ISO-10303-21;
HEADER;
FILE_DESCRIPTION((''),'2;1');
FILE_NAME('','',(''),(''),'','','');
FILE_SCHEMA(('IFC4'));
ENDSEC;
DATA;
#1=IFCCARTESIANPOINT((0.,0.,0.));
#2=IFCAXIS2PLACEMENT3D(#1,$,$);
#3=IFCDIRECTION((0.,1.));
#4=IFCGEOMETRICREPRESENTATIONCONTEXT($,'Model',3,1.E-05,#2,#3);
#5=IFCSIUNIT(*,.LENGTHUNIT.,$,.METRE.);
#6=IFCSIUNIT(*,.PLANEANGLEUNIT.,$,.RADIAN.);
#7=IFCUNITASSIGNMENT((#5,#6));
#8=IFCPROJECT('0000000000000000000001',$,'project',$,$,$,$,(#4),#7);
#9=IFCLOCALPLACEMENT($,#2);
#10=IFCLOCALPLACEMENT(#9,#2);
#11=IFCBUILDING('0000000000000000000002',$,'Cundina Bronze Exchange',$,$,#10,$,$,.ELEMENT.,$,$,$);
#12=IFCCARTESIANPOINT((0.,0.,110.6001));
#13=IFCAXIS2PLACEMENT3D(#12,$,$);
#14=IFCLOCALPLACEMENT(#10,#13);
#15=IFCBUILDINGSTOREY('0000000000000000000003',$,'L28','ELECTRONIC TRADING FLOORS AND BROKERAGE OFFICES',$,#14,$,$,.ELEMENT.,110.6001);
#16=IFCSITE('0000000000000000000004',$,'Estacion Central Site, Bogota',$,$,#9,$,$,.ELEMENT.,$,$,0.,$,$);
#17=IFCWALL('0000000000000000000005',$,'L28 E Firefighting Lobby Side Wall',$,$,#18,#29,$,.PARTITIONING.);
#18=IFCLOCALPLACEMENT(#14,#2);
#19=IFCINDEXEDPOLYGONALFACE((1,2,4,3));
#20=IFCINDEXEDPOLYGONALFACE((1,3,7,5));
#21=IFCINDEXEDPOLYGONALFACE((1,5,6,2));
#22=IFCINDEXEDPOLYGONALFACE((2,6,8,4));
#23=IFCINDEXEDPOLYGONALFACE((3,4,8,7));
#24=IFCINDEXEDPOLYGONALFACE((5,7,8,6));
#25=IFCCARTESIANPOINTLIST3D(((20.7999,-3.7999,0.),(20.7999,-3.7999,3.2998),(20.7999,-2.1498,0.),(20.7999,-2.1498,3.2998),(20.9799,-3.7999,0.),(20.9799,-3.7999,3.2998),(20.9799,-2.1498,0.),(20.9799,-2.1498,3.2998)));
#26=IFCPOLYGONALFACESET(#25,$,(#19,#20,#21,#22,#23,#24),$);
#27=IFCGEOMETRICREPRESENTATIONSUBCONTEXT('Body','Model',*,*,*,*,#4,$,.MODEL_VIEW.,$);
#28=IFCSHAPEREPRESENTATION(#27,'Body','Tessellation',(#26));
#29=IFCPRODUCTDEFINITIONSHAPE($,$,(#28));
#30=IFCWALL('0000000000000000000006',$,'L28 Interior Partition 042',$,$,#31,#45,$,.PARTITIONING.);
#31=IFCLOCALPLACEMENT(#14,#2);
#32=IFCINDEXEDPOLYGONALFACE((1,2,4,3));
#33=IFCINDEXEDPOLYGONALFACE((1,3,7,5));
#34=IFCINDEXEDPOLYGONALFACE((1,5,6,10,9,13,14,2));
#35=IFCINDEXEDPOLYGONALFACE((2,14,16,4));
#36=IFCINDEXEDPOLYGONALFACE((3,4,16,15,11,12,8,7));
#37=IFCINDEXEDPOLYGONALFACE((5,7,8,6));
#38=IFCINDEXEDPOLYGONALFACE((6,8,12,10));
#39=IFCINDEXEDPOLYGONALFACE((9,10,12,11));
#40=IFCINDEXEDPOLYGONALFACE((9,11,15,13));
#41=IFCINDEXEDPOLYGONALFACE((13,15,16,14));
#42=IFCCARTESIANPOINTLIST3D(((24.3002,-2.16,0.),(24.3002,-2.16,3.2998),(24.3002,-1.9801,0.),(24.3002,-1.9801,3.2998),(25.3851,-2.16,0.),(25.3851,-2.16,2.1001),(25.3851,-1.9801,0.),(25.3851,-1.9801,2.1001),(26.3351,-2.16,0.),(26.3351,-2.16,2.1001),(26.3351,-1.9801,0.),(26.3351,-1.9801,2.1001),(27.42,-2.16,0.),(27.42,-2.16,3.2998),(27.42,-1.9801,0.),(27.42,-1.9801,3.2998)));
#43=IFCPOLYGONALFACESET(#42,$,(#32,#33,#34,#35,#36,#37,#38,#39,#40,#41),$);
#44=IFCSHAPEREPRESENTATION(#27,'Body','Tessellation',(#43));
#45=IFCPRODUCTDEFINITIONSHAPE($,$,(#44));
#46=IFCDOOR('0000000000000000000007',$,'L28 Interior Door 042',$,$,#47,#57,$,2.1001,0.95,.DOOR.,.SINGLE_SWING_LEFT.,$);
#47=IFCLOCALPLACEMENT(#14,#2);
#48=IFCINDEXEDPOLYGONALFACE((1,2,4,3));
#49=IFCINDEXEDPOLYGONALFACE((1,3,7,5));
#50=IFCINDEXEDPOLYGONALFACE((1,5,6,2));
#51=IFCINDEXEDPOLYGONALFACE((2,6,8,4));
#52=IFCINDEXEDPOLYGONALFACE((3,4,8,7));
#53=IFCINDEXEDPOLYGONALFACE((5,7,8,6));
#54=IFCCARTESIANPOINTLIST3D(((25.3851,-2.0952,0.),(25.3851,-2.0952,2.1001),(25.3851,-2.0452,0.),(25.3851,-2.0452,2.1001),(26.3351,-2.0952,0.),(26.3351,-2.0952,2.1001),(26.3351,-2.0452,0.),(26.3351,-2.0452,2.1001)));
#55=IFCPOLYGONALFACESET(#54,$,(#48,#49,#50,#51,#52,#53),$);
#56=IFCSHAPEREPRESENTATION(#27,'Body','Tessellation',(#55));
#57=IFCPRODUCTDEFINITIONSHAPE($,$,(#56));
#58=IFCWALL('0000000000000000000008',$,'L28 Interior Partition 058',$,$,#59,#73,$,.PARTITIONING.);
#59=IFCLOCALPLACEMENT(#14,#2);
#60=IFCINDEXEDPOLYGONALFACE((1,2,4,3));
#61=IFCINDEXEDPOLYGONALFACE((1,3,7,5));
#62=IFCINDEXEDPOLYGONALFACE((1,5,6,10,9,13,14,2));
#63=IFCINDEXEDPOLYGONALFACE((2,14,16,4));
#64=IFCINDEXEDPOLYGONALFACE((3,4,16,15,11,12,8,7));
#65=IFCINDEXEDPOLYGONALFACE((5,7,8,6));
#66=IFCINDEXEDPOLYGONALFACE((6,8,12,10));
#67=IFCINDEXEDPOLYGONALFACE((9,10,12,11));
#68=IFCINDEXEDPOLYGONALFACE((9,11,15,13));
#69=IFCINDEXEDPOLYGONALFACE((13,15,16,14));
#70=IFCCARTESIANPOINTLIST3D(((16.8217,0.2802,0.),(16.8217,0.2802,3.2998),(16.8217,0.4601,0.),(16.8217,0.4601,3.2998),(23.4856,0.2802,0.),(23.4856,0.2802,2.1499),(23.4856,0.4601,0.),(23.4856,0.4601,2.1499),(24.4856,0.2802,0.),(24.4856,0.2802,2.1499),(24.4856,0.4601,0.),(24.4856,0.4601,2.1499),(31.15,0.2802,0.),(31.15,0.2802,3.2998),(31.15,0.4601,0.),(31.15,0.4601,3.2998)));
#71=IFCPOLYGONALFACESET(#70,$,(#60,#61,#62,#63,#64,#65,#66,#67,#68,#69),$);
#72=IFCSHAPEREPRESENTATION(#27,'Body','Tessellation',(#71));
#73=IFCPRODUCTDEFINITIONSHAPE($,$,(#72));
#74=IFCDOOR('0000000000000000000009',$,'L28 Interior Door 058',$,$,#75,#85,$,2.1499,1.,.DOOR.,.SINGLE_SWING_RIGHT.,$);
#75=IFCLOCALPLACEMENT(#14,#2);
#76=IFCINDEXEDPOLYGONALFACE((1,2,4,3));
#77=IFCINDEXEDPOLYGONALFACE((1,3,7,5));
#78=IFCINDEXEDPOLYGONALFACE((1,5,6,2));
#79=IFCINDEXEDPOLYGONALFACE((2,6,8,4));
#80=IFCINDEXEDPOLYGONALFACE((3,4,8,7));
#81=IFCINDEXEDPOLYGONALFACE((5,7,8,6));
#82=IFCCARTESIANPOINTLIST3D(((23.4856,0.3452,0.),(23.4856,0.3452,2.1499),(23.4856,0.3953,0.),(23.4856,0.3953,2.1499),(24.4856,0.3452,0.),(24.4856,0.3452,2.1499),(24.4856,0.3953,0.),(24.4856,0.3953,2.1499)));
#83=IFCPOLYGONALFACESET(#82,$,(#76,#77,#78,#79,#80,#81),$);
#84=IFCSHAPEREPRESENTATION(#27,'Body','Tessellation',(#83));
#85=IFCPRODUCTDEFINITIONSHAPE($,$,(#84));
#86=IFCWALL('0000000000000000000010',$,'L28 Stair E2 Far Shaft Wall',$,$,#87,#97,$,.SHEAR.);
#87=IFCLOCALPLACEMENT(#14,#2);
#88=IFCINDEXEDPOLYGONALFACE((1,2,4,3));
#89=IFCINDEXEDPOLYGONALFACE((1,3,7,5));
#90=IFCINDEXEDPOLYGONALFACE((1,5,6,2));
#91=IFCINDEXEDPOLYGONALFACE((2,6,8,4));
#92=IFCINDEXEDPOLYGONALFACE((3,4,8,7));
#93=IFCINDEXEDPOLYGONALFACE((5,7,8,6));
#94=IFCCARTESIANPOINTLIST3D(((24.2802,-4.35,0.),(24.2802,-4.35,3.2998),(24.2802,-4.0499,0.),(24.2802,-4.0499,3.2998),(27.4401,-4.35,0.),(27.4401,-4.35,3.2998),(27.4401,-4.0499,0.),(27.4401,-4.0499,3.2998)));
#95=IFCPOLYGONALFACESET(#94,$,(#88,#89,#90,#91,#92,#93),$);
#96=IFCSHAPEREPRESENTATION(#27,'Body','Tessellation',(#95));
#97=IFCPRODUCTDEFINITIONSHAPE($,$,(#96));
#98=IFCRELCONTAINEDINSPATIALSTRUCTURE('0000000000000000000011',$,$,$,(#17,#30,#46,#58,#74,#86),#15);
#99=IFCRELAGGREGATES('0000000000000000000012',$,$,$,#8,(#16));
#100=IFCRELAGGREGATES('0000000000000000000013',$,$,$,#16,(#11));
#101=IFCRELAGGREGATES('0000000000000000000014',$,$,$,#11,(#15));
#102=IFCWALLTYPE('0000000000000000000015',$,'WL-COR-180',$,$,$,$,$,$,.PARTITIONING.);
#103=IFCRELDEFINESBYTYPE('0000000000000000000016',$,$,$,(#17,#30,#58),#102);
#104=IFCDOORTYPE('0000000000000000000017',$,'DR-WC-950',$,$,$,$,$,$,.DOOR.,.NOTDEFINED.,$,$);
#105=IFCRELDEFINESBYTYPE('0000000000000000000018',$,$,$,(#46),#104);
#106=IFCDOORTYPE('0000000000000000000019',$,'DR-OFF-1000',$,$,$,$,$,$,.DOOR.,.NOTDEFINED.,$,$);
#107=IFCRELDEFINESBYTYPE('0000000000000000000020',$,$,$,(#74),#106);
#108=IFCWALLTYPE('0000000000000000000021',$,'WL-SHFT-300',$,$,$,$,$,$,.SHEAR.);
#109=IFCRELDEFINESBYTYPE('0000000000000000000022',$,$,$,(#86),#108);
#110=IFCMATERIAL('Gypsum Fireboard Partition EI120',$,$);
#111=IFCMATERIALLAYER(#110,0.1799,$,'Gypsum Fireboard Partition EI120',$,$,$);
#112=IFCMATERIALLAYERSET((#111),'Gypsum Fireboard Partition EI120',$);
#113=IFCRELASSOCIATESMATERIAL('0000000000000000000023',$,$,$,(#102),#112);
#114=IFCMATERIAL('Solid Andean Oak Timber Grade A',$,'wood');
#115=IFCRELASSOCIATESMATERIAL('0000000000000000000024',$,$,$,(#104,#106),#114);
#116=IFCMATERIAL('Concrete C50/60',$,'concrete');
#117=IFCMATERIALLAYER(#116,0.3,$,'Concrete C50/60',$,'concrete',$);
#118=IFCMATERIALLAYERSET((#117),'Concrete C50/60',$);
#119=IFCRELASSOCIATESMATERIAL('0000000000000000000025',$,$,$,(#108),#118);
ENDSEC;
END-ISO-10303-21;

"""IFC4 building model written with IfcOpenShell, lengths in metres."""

from ifc_helpers import new_model, si_unit, direction, frame, frame_2d, origin, place, context, subcontext, project, spatial, rectangle, extrude, material, layer, layer_set, type_object, element, fill, save


model = new_model("IFC4")

# Units and contexts
model_context = context("Model", 3, precision=1e-05, world=origin(), true_north=direction((0.0, 1.0)))
body_context = subcontext(model_context, "Body", "Model", "MODEL_VIEW")
ifc_project = project(units=[si_unit("LENGTHUNIT", "METRE"), si_unit("PLANEANGLEUNIT", "RADIAN")], contexts=[model_context])

# Site, building, storey
site_placement = place(None, origin())
site = spatial("IfcSite", under=ifc_project, at=site_placement, Name="Estacion Central Site, Bogota", CompositionType="ELEMENT", RefElevation=0.0)
building_placement = place(site_placement, origin())
building = spatial("IfcBuilding", under=site, at=building_placement, Name="Cundina Bronze Exchange", CompositionType="ELEMENT")
storey_placement = place(building_placement, frame((0.0, 0.0, 110.6001)))
storey = spatial("IfcBuildingStorey", under=building, at=storey_placement, Name="L28", Description="ELECTRONIC TRADING FLOORS AND BROKERAGE OFFICES", CompositionType="ELEMENT", Elevation=110.6001)

# Wall
ifc_material_1 = material(Name="Gypsum Fireboard Partition EI120")
ifc_layer_1 = layer(ifc_material_1, 0.1799, Name="Gypsum Fireboard Partition EI120")
ifc_layer_set_1 = layer_set([ifc_layer_1], Name="Gypsum Fireboard Partition EI120")
wall_type_1 = type_object("IfcWallType", Name="WL-COR-180", PredefinedType="PARTITIONING", material=ifc_layer_set_1)
wall_1_placement = place(storey_placement, frame((20.8899, -3.8, 0.0), z_axis=(0.0, 0.0, 1.0), x_axis=(0.0, 1.0, 0.0)))
element("IfcWall", 1, at=wall_1_placement, inside=storey, type_object=wall_type_1, Name="L28 E Firefighting Lobby Side Wall", PredefinedType="PARTITIONING", context=body_context, shape_type="SweptSolid", body=[
    extrude(rectangle(XDim=1.6501, YDim=0.1799, at=frame_2d((0.8252, 0.0))), origin(), (0.0, 0.0, 1.0), 3.2998),
])

# Walls, openings, doors
wall_2_placement = place(storey_placement, frame((24.3, -2.0701, 0.0), z_axis=(0.0, 0.0, 1.0), x_axis=(1.0, 0.0, 0.0)))
wall_2 = element("IfcWall", 2, at=wall_2_placement, inside=storey, type_object=wall_type_1, Name="L28 Interior Partition 042", PredefinedType="PARTITIONING", context=body_context, shape_type="SweptSolid", body=[
    extrude(rectangle(XDim=3.1199, YDim=0.1799, at=frame_2d((1.5601, 0.0))), origin(), (0.0, 0.0, 1.0), 3.2998),
])
opening_1_placement = place(wall_2_placement, frame((1.085, 0.0, 0.0)))
opening_1 = element("IfcOpeningElement", 3, at=opening_1_placement, cuts=wall_2, PredefinedType="OPENING", context=body_context, shape_type="SweptSolid", body=[
    extrude(rectangle(XDim=0.95, YDim=2.1001, at=frame_2d((0.4751, 1.05))), frame((0.0, 0.0999, 0.0), z_axis=(0.0, -1.0, 0.0), x_axis=(1.0, 0.0, 0.0)), (0.0, 0.0, 1.0), 0.2),
])
ifc_material_2 = material(Name="Solid Andean Oak Timber Grade A", Category="wood")
door_type_1 = type_object("IfcDoorType", Name="DR-WC-950", OperationType="NOTDEFINED", PredefinedType="DOOR", material=ifc_material_2)
door_1_placement = place(opening_1_placement, origin())
door_1 = element("IfcDoor", 4, at=door_1_placement, inside=storey, type_object=door_type_1, Name="L28 Interior Door 042", OperationType="SINGLE_SWING_LEFT", OverallHeight=2.1001, OverallWidth=0.95, PredefinedType="DOOR", context=body_context, shape_type="SweptSolid", body=[
    extrude(rectangle(XDim=0.95, YDim=2.1001, at=frame_2d((0.4751, 1.05))), frame((0.0, 0.0249, 0.0), z_axis=(0.0, -1.0, 0.0), x_axis=(1.0, 0.0, 0.0)), (0.0, 0.0, 1.0), 0.05),
])
fill(opening_1, door_1)
wall_3_placement = place(storey_placement, frame((31.1499, 0.3701, 0.0), z_axis=(0.0, 0.0, 1.0), x_axis=(-1.0, 0.0, 0.0)))
wall_3 = element("IfcWall", 5, at=wall_3_placement, inside=storey, type_object=wall_type_1, Name="L28 Interior Partition 058", PredefinedType="PARTITIONING", context=body_context, shape_type="SweptSolid", body=[
    extrude(rectangle(XDim=14.3284, YDim=0.1799, at=frame_2d((7.1641, 0.0))), origin(), (0.0, 0.0, 1.0), 3.2998),
])
opening_2_placement = place(wall_3_placement, frame((6.6643, 0.0, 0.0)))
opening_2 = element("IfcOpeningElement", 6, at=opening_2_placement, cuts=wall_3, PredefinedType="OPENING", context=body_context, shape_type="SweptSolid", body=[
    extrude(rectangle(XDim=1.0, YDim=2.1499, at=frame_2d((0.5, 1.075))), frame((0.0, 0.0999, 0.0), z_axis=(0.0, -1.0, 0.0), x_axis=(1.0, 0.0, 0.0)), (0.0, 0.0, 1.0), 0.2),
])
door_type_2 = type_object("IfcDoorType", Name="DR-OFF-1000", OperationType="NOTDEFINED", PredefinedType="DOOR", material=ifc_material_2)
door_2_placement = place(opening_2_placement, origin())
door_2 = element("IfcDoor", 7, at=door_2_placement, inside=storey, type_object=door_type_2, Name="L28 Interior Door 058", OperationType="SINGLE_SWING_RIGHT", OverallHeight=2.1499, OverallWidth=1.0, PredefinedType="DOOR", context=body_context, shape_type="SweptSolid", body=[
    extrude(rectangle(XDim=1.0, YDim=2.1499, at=frame_2d((0.5, 1.075))), frame((0.0, 0.0249, 0.0), z_axis=(0.0, -1.0, 0.0), x_axis=(1.0, 0.0, 0.0)), (0.0, 0.0, 1.0), 0.05),
])
fill(opening_2, door_2)
ifc_material_3 = material(Name="Concrete C50/60", Category="concrete")
ifc_layer_2 = layer(ifc_material_3, 0.3, Name="Concrete C50/60", Category="concrete")
ifc_layer_set_2 = layer_set([ifc_layer_2], Name="Concrete C50/60")
wall_type_2 = type_object("IfcWallType", Name="WL-SHFT-300", PredefinedType="SHEAR", material=ifc_layer_set_2)

# Wall
wall_4_placement = place(storey_placement, frame((24.28, -4.2, 0.0), z_axis=(0.0, 0.0, 1.0), x_axis=(1.0, 0.0, 0.0)))
element("IfcWall", 8, at=wall_4_placement, inside=storey, type_object=wall_type_2, Name="L28 Stair E2 Far Shaft Wall", PredefinedType="SHEAR", context=body_context, shape_type="SweptSolid", body=[
    extrude(rectangle(XDim=3.1599, YDim=0.3, at=frame_2d((1.5801, 0.0))), origin(), (0.0, 0.0, 1.0), 3.2998),
])

save(model, "model.ifc")
